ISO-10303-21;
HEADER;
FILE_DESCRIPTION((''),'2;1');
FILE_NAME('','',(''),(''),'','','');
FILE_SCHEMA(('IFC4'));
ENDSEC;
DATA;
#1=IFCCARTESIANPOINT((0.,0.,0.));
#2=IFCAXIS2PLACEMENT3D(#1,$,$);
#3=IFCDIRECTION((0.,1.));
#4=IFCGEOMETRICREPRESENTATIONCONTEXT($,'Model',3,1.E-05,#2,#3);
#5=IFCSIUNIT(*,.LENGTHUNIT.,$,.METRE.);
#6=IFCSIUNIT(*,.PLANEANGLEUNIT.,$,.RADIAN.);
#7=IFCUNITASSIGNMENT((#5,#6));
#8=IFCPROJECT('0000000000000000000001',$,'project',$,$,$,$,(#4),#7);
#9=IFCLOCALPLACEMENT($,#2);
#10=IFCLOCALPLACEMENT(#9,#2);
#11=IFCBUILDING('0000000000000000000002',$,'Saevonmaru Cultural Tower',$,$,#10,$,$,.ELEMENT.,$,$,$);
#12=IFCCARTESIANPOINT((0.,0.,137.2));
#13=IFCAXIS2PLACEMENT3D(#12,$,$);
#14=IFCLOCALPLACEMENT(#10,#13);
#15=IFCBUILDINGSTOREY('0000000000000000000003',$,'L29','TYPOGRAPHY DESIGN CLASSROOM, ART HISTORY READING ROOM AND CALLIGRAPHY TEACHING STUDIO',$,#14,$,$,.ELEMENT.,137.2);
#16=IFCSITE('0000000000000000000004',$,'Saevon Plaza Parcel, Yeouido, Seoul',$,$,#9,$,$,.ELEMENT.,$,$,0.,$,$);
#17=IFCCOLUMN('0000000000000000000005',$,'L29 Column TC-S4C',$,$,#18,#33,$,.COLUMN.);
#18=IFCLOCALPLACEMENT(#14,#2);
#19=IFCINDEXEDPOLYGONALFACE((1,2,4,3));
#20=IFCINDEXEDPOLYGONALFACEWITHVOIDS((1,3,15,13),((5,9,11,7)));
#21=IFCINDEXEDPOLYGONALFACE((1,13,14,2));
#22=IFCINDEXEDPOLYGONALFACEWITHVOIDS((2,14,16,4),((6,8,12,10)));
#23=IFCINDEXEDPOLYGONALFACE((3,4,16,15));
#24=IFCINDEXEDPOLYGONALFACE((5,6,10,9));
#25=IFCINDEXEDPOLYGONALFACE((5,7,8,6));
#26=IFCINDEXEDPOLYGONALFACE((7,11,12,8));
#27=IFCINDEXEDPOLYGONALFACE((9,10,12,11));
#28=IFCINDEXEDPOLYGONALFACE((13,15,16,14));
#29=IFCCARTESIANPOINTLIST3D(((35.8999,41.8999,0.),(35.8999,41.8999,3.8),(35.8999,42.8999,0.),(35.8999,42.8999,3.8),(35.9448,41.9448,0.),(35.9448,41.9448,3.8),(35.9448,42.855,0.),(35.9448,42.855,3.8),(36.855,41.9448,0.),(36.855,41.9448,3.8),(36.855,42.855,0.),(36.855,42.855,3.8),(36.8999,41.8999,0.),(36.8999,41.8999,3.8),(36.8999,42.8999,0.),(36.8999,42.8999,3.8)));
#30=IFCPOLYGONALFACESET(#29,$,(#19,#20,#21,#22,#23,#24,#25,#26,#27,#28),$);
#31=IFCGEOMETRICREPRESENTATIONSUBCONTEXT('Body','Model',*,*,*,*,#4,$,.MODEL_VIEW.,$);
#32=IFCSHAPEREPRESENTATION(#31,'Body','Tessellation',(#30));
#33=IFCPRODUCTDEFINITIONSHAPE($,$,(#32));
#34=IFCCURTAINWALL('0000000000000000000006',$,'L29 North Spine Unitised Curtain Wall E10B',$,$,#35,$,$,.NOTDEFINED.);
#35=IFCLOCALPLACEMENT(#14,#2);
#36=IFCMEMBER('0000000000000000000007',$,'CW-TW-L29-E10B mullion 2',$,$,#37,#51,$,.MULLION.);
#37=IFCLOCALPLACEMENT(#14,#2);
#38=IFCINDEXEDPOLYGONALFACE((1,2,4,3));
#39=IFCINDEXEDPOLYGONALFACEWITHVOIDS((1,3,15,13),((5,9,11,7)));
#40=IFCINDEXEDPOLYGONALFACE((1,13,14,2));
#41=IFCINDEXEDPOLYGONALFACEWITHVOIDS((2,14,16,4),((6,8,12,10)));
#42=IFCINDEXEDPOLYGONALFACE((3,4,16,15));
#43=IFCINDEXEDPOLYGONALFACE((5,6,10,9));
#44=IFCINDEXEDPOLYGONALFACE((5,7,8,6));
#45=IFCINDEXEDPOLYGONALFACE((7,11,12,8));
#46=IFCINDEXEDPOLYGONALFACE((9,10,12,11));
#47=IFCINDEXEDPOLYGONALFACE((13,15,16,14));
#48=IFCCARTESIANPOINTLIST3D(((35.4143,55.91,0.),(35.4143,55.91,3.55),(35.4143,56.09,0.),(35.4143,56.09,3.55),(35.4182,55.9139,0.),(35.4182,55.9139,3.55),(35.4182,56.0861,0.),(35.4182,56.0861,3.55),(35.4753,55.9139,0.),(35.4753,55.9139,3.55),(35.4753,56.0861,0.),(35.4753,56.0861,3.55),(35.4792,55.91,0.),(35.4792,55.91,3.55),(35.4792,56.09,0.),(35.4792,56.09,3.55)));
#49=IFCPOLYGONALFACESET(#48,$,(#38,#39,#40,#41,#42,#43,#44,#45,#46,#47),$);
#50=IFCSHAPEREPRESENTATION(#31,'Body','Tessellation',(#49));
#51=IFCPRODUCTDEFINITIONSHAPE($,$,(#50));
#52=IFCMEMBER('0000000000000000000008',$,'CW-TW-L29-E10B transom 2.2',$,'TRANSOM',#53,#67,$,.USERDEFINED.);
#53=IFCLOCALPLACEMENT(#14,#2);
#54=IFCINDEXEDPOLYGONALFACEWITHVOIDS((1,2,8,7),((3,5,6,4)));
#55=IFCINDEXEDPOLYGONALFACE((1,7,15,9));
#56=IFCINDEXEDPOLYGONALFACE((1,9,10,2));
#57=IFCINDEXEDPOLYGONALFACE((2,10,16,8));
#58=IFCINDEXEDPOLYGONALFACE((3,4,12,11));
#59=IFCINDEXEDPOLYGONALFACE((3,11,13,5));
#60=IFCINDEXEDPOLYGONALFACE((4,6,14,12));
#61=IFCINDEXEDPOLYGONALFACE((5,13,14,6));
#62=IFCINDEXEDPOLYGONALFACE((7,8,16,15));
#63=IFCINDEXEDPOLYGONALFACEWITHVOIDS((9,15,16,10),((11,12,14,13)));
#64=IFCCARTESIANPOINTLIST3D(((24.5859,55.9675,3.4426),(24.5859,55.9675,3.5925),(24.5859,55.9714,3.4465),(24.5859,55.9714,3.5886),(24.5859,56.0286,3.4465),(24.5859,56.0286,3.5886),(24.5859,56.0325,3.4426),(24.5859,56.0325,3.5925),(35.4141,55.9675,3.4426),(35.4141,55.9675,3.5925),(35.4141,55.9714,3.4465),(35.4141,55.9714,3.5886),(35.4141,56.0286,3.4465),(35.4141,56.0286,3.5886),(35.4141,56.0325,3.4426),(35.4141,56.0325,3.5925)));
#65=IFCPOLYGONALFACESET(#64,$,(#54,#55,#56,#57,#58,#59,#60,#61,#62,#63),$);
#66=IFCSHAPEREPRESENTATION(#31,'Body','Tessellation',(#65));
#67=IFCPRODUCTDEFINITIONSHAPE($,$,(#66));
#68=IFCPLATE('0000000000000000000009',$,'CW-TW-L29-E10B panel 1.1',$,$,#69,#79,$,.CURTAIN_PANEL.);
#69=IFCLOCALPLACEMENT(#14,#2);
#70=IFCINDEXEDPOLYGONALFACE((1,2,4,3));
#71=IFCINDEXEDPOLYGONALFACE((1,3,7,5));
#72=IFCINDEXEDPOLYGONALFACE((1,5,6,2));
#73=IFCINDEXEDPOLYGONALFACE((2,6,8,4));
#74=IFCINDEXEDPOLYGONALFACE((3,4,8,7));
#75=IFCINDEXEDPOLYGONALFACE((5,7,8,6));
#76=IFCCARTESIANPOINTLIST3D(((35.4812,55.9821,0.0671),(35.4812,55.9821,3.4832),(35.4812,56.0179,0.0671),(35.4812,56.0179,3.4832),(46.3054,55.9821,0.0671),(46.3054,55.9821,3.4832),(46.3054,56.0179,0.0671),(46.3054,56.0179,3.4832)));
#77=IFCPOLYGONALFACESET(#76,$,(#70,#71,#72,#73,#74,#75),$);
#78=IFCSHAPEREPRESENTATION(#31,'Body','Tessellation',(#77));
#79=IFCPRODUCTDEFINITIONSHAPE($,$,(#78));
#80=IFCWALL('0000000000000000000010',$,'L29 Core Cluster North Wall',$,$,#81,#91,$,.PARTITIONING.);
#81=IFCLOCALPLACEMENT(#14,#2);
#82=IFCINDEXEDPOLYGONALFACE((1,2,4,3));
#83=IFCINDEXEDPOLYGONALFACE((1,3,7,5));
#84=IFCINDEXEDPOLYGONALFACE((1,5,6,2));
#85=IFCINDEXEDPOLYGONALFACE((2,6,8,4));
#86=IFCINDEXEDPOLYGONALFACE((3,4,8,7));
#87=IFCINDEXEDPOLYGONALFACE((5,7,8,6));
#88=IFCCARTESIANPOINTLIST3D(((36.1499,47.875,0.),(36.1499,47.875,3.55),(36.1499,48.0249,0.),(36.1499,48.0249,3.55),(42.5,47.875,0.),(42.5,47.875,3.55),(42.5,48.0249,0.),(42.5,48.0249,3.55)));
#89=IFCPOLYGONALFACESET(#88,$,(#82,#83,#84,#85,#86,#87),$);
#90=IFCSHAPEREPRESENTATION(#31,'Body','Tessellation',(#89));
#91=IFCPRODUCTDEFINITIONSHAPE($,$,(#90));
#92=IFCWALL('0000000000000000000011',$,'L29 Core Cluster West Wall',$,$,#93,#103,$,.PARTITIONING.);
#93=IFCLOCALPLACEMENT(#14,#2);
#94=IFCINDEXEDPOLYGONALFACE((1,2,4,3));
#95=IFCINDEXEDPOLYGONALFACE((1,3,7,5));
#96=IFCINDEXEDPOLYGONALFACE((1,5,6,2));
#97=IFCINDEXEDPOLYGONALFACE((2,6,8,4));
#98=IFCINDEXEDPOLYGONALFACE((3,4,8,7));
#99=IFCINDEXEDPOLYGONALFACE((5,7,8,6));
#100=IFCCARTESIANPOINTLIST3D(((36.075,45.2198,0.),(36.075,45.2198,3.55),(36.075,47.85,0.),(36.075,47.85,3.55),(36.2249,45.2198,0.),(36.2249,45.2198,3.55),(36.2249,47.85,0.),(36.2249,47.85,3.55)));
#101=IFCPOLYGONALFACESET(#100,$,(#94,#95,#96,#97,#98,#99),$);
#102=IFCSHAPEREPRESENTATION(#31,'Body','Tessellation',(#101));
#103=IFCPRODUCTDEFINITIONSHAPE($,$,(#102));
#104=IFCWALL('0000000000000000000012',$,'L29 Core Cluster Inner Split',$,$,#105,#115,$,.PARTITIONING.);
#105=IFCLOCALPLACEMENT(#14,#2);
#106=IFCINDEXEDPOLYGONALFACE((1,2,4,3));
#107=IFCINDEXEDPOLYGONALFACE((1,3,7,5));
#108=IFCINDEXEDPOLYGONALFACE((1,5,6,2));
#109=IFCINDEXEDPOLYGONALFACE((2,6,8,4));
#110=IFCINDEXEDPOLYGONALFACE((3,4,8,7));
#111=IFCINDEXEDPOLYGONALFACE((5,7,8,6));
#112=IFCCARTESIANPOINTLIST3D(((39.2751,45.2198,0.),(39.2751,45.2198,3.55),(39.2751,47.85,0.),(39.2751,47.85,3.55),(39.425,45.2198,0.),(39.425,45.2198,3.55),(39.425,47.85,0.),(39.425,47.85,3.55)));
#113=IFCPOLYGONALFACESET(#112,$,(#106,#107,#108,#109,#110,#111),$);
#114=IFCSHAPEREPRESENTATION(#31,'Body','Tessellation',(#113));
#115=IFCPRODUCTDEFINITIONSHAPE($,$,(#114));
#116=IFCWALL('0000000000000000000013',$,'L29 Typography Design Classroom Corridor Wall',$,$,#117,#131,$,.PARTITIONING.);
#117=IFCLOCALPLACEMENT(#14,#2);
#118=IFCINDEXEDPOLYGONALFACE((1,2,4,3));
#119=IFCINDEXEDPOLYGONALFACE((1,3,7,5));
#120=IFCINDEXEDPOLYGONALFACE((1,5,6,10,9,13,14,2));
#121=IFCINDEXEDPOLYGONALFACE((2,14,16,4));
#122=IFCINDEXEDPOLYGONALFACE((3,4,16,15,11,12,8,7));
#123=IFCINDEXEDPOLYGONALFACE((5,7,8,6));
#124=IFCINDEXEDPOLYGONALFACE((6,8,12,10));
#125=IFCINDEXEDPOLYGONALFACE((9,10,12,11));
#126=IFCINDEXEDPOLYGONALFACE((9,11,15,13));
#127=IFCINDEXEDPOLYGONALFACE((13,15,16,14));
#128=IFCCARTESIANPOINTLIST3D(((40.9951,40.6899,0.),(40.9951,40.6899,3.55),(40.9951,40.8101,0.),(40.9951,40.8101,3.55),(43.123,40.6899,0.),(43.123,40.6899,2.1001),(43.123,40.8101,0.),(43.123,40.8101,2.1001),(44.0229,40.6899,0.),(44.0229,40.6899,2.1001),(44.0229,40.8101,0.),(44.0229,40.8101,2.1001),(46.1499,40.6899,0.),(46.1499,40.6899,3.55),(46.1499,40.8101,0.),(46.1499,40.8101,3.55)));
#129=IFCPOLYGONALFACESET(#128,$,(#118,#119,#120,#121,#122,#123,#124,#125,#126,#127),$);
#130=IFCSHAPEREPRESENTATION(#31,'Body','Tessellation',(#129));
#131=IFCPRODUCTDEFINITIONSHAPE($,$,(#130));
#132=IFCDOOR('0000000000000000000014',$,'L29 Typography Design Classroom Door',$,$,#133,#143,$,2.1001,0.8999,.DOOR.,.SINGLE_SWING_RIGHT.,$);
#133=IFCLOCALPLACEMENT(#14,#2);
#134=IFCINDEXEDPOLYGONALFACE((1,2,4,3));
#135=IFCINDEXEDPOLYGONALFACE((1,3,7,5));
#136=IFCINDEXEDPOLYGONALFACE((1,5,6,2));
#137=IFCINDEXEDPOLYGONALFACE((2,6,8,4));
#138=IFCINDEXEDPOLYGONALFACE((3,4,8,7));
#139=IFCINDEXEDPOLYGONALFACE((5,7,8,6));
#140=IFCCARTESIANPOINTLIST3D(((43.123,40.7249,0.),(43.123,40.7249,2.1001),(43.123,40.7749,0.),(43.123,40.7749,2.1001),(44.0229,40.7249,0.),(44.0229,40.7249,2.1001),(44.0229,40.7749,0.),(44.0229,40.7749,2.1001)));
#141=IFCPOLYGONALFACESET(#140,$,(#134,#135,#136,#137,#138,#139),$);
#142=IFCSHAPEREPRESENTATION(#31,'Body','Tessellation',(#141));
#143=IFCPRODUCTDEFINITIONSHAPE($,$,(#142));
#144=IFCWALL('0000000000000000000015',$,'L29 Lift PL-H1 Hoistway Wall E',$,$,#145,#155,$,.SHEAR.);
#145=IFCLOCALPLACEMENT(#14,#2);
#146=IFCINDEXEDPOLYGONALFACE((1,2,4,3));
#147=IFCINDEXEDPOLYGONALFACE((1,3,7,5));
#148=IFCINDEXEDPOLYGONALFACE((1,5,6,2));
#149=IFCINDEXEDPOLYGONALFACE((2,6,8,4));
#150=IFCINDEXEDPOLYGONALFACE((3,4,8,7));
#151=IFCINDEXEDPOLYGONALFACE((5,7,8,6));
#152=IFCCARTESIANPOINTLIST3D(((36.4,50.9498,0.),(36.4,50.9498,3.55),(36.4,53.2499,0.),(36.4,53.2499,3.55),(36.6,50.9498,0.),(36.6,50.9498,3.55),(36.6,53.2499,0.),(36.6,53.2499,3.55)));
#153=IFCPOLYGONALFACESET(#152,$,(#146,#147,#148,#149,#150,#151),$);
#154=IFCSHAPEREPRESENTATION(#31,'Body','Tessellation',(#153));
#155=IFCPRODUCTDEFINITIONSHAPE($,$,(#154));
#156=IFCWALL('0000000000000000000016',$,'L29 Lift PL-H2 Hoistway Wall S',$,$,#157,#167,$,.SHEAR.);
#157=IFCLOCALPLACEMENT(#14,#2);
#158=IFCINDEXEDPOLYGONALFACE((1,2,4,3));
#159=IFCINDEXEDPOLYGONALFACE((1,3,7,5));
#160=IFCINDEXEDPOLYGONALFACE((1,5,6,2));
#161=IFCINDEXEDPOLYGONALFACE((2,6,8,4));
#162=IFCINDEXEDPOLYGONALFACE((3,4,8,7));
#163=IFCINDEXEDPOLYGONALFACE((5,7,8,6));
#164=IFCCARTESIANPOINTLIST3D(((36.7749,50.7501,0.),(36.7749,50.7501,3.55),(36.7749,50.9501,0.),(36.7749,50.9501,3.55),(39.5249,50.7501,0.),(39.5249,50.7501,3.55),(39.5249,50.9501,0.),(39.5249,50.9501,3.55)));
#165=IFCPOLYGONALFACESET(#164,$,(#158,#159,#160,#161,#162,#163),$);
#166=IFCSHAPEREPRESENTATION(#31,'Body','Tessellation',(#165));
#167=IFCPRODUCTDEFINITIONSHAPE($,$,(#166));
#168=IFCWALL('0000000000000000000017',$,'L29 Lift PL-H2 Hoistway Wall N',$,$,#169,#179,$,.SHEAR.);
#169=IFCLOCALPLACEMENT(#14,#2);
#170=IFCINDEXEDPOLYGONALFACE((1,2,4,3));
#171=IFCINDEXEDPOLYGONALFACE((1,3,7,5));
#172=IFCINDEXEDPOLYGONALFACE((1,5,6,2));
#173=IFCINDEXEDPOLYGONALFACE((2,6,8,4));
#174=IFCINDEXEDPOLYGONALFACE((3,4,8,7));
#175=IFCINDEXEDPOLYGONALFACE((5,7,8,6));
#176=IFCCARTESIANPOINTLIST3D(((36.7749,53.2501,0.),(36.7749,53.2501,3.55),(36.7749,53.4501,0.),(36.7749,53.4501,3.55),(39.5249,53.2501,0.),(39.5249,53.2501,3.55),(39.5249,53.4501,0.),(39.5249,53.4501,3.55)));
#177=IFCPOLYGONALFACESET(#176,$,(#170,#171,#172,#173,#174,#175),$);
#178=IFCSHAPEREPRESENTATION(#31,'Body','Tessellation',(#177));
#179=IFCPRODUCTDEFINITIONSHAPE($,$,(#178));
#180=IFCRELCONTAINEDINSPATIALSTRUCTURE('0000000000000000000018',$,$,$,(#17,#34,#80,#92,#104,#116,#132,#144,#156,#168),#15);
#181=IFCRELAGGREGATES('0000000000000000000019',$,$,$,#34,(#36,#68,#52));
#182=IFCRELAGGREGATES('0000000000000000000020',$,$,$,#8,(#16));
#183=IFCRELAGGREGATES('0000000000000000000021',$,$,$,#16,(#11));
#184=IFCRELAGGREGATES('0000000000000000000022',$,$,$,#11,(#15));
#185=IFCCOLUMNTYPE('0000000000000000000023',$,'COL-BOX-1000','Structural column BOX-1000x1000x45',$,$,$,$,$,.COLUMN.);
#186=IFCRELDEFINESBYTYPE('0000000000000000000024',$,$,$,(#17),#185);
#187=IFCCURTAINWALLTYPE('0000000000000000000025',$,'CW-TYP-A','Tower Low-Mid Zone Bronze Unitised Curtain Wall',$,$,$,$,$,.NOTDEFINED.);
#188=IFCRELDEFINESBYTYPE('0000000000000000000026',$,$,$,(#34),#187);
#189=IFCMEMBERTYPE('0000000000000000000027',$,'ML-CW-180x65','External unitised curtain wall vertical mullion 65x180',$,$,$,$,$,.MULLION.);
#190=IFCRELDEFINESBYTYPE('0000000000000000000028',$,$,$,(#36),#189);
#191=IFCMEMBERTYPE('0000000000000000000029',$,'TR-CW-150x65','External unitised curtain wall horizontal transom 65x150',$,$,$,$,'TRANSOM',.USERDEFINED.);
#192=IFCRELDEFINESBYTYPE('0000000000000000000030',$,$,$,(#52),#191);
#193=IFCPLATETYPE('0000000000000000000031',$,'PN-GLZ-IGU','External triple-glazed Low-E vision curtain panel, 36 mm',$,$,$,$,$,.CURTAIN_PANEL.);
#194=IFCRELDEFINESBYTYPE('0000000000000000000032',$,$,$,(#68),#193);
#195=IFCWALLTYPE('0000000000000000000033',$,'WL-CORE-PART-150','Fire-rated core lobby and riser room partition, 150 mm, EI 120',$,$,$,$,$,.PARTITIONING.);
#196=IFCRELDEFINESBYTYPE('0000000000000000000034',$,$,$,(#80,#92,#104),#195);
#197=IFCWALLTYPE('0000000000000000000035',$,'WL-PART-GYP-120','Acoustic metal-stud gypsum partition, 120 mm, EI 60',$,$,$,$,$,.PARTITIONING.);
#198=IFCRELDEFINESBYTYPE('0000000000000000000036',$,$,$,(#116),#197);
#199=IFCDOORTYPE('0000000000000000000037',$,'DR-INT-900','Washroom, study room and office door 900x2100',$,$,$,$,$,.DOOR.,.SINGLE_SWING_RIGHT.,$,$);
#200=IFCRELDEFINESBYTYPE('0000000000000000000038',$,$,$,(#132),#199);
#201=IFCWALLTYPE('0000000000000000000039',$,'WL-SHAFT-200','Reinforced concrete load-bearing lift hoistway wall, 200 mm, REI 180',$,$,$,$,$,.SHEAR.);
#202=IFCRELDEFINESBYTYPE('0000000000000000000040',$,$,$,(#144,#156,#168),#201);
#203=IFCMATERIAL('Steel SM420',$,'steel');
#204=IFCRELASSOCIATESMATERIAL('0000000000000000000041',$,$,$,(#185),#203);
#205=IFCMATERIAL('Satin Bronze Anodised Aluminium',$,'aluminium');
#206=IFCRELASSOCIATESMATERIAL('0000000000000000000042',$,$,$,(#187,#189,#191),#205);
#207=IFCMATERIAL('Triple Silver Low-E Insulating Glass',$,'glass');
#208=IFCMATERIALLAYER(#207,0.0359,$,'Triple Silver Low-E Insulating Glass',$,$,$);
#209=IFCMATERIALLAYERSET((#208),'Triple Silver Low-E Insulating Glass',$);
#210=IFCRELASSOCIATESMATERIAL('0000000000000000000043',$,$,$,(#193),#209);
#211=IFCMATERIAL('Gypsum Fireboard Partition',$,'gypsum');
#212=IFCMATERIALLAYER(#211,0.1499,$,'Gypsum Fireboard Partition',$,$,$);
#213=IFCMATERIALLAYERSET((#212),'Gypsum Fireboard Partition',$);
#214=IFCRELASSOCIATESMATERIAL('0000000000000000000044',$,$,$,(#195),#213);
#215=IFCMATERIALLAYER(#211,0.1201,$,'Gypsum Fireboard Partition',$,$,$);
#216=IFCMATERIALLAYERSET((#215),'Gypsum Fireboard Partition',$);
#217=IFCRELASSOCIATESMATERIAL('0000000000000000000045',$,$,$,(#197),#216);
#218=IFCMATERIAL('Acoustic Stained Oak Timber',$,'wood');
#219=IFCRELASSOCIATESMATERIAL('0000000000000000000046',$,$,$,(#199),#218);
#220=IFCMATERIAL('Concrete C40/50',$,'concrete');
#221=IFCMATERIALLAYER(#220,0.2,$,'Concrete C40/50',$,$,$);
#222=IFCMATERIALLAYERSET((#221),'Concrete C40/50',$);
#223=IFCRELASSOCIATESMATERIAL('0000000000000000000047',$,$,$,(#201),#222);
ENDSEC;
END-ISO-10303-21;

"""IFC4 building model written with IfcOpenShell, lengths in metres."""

from ifc_helpers import new_model, si_unit, direction, frame, frame_2d, origin, origin_2d, place, context, subcontext, project, spatial, rectangle, hollow_rectangle, extrude, material, layer, layer_set, material_profile, profile_set, type_object, element, fill, aggregate, save


model = new_model("IFC4")

# Units and contexts
model_context = context("Model", 3, precision=1e-05, world=origin(), true_north=direction((0.0, 1.0)))
body_context = subcontext(model_context, "Body", "Model", "MODEL_VIEW")
ifc_project = project(units=[si_unit("LENGTHUNIT", "METRE"), si_unit("PLANEANGLEUNIT", "RADIAN")], contexts=[model_context])

# Site, building, storey
site_placement = place(None, origin())
site = spatial("IfcSite", under=ifc_project, at=site_placement, Name="Saevon Plaza Parcel, Yeouido, Seoul", CompositionType="ELEMENT", RefElevation=0.0)
building_placement = place(site_placement, origin())
building = spatial("IfcBuilding", under=site, at=building_placement, Name="Saevonmaru Cultural Tower", CompositionType="ELEMENT")
storey_placement = place(building_placement, frame((0.0, 0.0, 137.2)))
storey = spatial("IfcBuildingStorey", under=building, at=storey_placement, Name="L29", Description="TYPOGRAPHY DESIGN CLASSROOM, ART HISTORY READING ROOM AND CALLIGRAPHY TEACHING STUDIO", CompositionType="ELEMENT", Elevation=137.2)

# Column
ifc_material_1 = material(Name="Steel SM420", Category="steel")
ifc_material_profile_1 = material_profile(ifc_material_1, hollow_rectangle(XDim=1.0, YDim=1.0, WallThickness=0.0449, at=origin_2d()), Name="BOX-1000x1000x45")
ifc_profile_set_1 = profile_set([ifc_material_profile_1], Name="Steel SM420")
column_type = type_object("IfcColumnType", Name="COL-BOX-1000", Description="Structural column BOX-1000x1000x45", PredefinedType="COLUMN", material=ifc_profile_set_1)
column_placement = place(storey_placement, frame((36.3999, 42.3999, 0.0), z_axis=(0.0, 0.0, 1.0), x_axis=(1.0, 0.0, 0.0)))
element("IfcColumn", 1, at=column_placement, inside=storey, type_object=column_type, Name="L29 Column TC-S4C", PredefinedType="COLUMN", context=body_context, shape_type="SweptSolid", body=[
    extrude(hollow_rectangle(XDim=1.0, YDim=1.0, WallThickness=0.0449, at=origin_2d()), origin(), (0.0, 0.0, 1.0), 3.8),
])

# Curtain wall, members, plate
ifc_material_2 = material(Name="Satin Bronze Anodised Aluminium", Category="aluminium")
curtain_wall_type = type_object("IfcCurtainWallType", Name="CW-TYP-A", Description="Tower Low-Mid Zone Bronze Unitised Curtain Wall", PredefinedType="NOTDEFINED", material=ifc_material_2)
curtain_wall_placement = place(storey_placement, origin())
curtain_wall = element("IfcCurtainWall", 2, at=curtain_wall_placement, inside=storey, type_object=curtain_wall_type, Name="L29 North Spine Unitised Curtain Wall E10B", PredefinedType="NOTDEFINED")
ifc_material_profile_2 = material_profile(ifc_material_2, hollow_rectangle(XDim=0.0649, YDim=0.1799, WallThickness=0.0039, at=origin_2d()), Name="ALU-MULL-180x65x4")
ifc_profile_set_2 = profile_set([ifc_material_profile_2], Name="Satin Bronze Anodised Aluminium")
member_type_1 = type_object("IfcMemberType", Name="ML-CW-180x65", Description="External unitised curtain wall vertical mullion 65x180", PredefinedType="MULLION", material=ifc_profile_set_2)
member_1_placement = place(storey_placement, frame((35.4468, 56.0, 0.0), z_axis=(0.0, 0.0, 1.0), x_axis=(-1.0, 0.0, 0.0)))
member_1 = element("IfcMember", 3, at=member_1_placement, type_object=member_type_1, Name="CW-TW-L29-E10B mullion 2", PredefinedType="MULLION", context=body_context, shape_type="SweptSolid", body=[
    extrude(hollow_rectangle(XDim=0.0649, YDim=0.1799, WallThickness=0.0039, at=origin_2d()), origin(), (0.0, 0.0, 1.0), 3.55),
])
ifc_material_profile_3 = material_profile(ifc_material_2, hollow_rectangle(XDim=0.0649, YDim=0.1499, WallThickness=0.0039, at=origin_2d()), Name="ALU-TRAN-150x65x4")
ifc_profile_set_3 = profile_set([ifc_material_profile_3], Name="Satin Bronze Anodised Aluminium")
member_type_2 = type_object("IfcMemberType", Name="TR-CW-150x65", Description="External unitised curtain wall horizontal transom 65x150", ElementType="TRANSOM", PredefinedType="USERDEFINED", material=ifc_profile_set_3)
member_2_placement = place(storey_placement, frame((35.4141, 56.0, 3.5176), z_axis=(-1.0, 0.0, 0.0), x_axis=(0.0, -1.0, 0.0)))
member_2 = element("IfcMember", 4, at=member_2_placement, type_object=member_type_2, Name="CW-TW-L29-E10B transom 2.2", ObjectType="TRANSOM", PredefinedType="USERDEFINED", context=body_context, shape_type="SweptSolid", body=[
    extrude(hollow_rectangle(XDim=0.0649, YDim=0.1499, WallThickness=0.0039, at=origin_2d()), origin(), (0.0, 0.0, 1.0), 10.8281),
])
ifc_material_3 = material(Name="Triple Silver Low-E Insulating Glass", Category="glass")
ifc_layer_1 = layer(ifc_material_3, 0.0359, Name="Triple Silver Low-E Insulating Glass")
ifc_layer_set_1 = layer_set([ifc_layer_1], Name="Triple Silver Low-E Insulating Glass")
plate_type = type_object("IfcPlateType", Name="PN-GLZ-IGU", Description="External triple-glazed Low-E vision curtain panel, 36 mm", PredefinedType="CURTAIN_PANEL", material=ifc_layer_set_1)
plate_placement = place(storey_placement, frame((40.8933, 56.0, 0.0671), z_axis=(0.0, 0.0, 1.0), x_axis=(-1.0, 0.0, 0.0)))
plate = element("IfcPlate", 5, at=plate_placement, type_object=plate_type, Name="CW-TW-L29-E10B panel 1.1", PredefinedType="CURTAIN_PANEL", context=body_context, shape_type="SweptSolid", body=[
    extrude(rectangle(XDim=10.8242, YDim=0.0359, at=origin_2d()), origin(), (0.0, 0.0, 1.0), 3.416),
])
aggregate(curtain_wall, [member_1, plate, member_2])

# Shared definitions
ifc_material_4 = material(Name="Gypsum Fireboard Partition", Category="gypsum")
ifc_layer_2 = layer(ifc_material_4, 0.1499, Name="Gypsum Fireboard Partition")
ifc_layer_set_2 = layer_set([ifc_layer_2], Name="Gypsum Fireboard Partition")
wall_type_1 = type_object("IfcWallType", Name="WL-CORE-PART-150", Description="Fire-rated core lobby and riser room partition, 150 mm, EI 120", PredefinedType="PARTITIONING", material=ifc_layer_set_2)

# Walls
wall_1_placement = place(storey_placement, frame((36.1499, 47.95, 0.0), z_axis=(0.0, 0.0, 1.0), x_axis=(1.0, 0.0, 0.0)))
element("IfcWall", 6, at=wall_1_placement, inside=storey, type_object=wall_type_1, Name="L29 Core Cluster North Wall", PredefinedType="PARTITIONING", context=body_context, shape_type="SweptSolid", body=[
    extrude(rectangle(XDim=6.3501, YDim=0.1499, at=frame_2d((3.175, 0.0))), origin(), (0.0, 0.0, 1.0), 3.55),
])
for number, where, z_axis, x_axis, name in (
    (7, (36.1499, 45.22, 0.0), (0.0, 0.0, 1.0), (0.0, 1.0, 0.0), "L29 Core Cluster West Wall"),
    (8, (39.3501, 45.22, 0.0), (0.0, 0.0, 1.0), (0.0, 1.0, 0.0), "L29 Core Cluster Inner Split"),
):
    element("IfcWall", number, at=place(storey_placement, frame(where, z_axis=z_axis, x_axis=x_axis)), inside=storey, type_object=wall_type_1, Name=name, PredefinedType="PARTITIONING", context=body_context, shape_type="SweptSolid", body=[
        extrude(rectangle(XDim=2.6301, YDim=0.1499, at=frame_2d((1.3149, 0.0))), origin(), (0.0, 0.0, 1.0), 3.55),
    ])

# Wall, opening, door
ifc_layer_3 = layer(ifc_material_4, 0.1201, Name="Gypsum Fireboard Partition")
ifc_layer_set_3 = layer_set([ifc_layer_3], Name="Gypsum Fireboard Partition")
wall_type_2 = type_object("IfcWallType", Name="WL-PART-GYP-120", Description="Acoustic metal-stud gypsum partition, 120 mm, EI 60", PredefinedType="PARTITIONING", material=ifc_layer_set_3)
wall_2_placement = place(storey_placement, frame((40.9951, 40.75, 0.0), z_axis=(0.0, 0.0, 1.0), x_axis=(1.0, 0.0, 0.0)))
wall_2 = element("IfcWall", 9, at=wall_2_placement, inside=storey, type_object=wall_type_2, Name="L29 Typography Design Classroom Corridor Wall", PredefinedType="PARTITIONING", context=body_context, shape_type="SweptSolid", body=[
    extrude(rectangle(XDim=5.1548, YDim=0.1201, at=frame_2d((2.5774, 0.0))), origin(), (0.0, 0.0, 1.0), 3.55),
])
opening_1_placement = place(wall_2_placement, frame((2.1279, 0.0, 0.0)))
opening_1 = element("IfcOpeningElement", 10, at=opening_1_placement, cuts=wall_2, PredefinedType="OPENING", context=body_context, shape_type="SweptSolid", body=[
    extrude(rectangle(XDim=0.8999, YDim=2.1001, at=frame_2d((0.45, 1.05))), frame((0.0, 0.0701, 0.0), z_axis=(0.0, -1.0, 0.0), x_axis=(1.0, 0.0, 0.0)), (0.0, 0.0, 1.0), 0.1401),
])
ifc_material_5 = material(Name="Acoustic Stained Oak Timber", Category="wood")
door_type_1 = type_object("IfcDoorType", Name="DR-INT-900", Description="Washroom, study room and office door 900x2100", OperationType="SINGLE_SWING_RIGHT", PredefinedType="DOOR", material=ifc_material_5)
door_1_placement = place(opening_1_placement, origin())
door_1 = element("IfcDoor", 11, at=door_1_placement, inside=storey, type_object=door_type_1, Name="L29 Typography Design Classroom Door", OperationType="SINGLE_SWING_RIGHT", OverallHeight=2.1001, OverallWidth=0.8999, PredefinedType="DOOR", context=body_context, shape_type="SweptSolid", body=[
    extrude(rectangle(XDim=0.8999, YDim=2.1001, at=frame_2d((0.45, 1.05))), frame((0.0, 0.0249, 0.0), z_axis=(0.0, -1.0, 0.0), x_axis=(1.0, 0.0, 0.0)), (0.0, 0.0, 1.0), 0.05),
])
fill(opening_1, door_1)

# Walls
ifc_material_6 = material(Name="Concrete C40/50", Category="concrete")
ifc_layer_4 = layer(ifc_material_6, 0.2, Name="Concrete C40/50")
ifc_layer_set_4 = layer_set([ifc_layer_4], Name="Concrete C40/50")
wall_type_3 = type_object("IfcWallType", Name="WL-SHAFT-200", Description="Reinforced concrete load-bearing lift hoistway wall, 200 mm, REI 180", PredefinedType="SHEAR", material=ifc_layer_set_4)
wall_3_placement = place(storey_placement, frame((36.5, 50.95, 0.0), z_axis=(0.0, 0.0, 1.0), x_axis=(0.0, 1.0, 0.0)))
element("IfcWall", 12, at=wall_3_placement, inside=storey, type_object=wall_type_3, Name="L29 Lift PL-H1 Hoistway Wall E", PredefinedType="SHEAR", context=body_context, shape_type="SweptSolid", body=[
    extrude(rectangle(XDim=2.3, YDim=0.2, at=frame_2d((1.1499, 0.0))), origin(), (0.0, 0.0, 1.0), 3.55),
])
for number, where, z_axis, x_axis, name in (
    (13, (36.7749, 50.8501, 0.0), (0.0, 0.0, 1.0), (1.0, 0.0, 0.0), "L29 Lift PL-H2 Hoistway Wall S"),
    (14, (36.7749, 53.3501, 0.0), (0.0, 0.0, 1.0), (1.0, 0.0, 0.0), "L29 Lift PL-H2 Hoistway Wall N"),
):
    element("IfcWall", number, at=place(storey_placement, frame(where, z_axis=z_axis, x_axis=x_axis)), inside=storey, type_object=wall_type_3, Name=name, PredefinedType="SHEAR", context=body_context, shape_type="SweptSolid", body=[
        extrude(rectangle(XDim=2.75, YDim=0.2, at=frame_2d((1.375, 0.0))), origin(), (0.0, 0.0, 1.0), 3.55),
    ])

save(model, "model.ifc")
